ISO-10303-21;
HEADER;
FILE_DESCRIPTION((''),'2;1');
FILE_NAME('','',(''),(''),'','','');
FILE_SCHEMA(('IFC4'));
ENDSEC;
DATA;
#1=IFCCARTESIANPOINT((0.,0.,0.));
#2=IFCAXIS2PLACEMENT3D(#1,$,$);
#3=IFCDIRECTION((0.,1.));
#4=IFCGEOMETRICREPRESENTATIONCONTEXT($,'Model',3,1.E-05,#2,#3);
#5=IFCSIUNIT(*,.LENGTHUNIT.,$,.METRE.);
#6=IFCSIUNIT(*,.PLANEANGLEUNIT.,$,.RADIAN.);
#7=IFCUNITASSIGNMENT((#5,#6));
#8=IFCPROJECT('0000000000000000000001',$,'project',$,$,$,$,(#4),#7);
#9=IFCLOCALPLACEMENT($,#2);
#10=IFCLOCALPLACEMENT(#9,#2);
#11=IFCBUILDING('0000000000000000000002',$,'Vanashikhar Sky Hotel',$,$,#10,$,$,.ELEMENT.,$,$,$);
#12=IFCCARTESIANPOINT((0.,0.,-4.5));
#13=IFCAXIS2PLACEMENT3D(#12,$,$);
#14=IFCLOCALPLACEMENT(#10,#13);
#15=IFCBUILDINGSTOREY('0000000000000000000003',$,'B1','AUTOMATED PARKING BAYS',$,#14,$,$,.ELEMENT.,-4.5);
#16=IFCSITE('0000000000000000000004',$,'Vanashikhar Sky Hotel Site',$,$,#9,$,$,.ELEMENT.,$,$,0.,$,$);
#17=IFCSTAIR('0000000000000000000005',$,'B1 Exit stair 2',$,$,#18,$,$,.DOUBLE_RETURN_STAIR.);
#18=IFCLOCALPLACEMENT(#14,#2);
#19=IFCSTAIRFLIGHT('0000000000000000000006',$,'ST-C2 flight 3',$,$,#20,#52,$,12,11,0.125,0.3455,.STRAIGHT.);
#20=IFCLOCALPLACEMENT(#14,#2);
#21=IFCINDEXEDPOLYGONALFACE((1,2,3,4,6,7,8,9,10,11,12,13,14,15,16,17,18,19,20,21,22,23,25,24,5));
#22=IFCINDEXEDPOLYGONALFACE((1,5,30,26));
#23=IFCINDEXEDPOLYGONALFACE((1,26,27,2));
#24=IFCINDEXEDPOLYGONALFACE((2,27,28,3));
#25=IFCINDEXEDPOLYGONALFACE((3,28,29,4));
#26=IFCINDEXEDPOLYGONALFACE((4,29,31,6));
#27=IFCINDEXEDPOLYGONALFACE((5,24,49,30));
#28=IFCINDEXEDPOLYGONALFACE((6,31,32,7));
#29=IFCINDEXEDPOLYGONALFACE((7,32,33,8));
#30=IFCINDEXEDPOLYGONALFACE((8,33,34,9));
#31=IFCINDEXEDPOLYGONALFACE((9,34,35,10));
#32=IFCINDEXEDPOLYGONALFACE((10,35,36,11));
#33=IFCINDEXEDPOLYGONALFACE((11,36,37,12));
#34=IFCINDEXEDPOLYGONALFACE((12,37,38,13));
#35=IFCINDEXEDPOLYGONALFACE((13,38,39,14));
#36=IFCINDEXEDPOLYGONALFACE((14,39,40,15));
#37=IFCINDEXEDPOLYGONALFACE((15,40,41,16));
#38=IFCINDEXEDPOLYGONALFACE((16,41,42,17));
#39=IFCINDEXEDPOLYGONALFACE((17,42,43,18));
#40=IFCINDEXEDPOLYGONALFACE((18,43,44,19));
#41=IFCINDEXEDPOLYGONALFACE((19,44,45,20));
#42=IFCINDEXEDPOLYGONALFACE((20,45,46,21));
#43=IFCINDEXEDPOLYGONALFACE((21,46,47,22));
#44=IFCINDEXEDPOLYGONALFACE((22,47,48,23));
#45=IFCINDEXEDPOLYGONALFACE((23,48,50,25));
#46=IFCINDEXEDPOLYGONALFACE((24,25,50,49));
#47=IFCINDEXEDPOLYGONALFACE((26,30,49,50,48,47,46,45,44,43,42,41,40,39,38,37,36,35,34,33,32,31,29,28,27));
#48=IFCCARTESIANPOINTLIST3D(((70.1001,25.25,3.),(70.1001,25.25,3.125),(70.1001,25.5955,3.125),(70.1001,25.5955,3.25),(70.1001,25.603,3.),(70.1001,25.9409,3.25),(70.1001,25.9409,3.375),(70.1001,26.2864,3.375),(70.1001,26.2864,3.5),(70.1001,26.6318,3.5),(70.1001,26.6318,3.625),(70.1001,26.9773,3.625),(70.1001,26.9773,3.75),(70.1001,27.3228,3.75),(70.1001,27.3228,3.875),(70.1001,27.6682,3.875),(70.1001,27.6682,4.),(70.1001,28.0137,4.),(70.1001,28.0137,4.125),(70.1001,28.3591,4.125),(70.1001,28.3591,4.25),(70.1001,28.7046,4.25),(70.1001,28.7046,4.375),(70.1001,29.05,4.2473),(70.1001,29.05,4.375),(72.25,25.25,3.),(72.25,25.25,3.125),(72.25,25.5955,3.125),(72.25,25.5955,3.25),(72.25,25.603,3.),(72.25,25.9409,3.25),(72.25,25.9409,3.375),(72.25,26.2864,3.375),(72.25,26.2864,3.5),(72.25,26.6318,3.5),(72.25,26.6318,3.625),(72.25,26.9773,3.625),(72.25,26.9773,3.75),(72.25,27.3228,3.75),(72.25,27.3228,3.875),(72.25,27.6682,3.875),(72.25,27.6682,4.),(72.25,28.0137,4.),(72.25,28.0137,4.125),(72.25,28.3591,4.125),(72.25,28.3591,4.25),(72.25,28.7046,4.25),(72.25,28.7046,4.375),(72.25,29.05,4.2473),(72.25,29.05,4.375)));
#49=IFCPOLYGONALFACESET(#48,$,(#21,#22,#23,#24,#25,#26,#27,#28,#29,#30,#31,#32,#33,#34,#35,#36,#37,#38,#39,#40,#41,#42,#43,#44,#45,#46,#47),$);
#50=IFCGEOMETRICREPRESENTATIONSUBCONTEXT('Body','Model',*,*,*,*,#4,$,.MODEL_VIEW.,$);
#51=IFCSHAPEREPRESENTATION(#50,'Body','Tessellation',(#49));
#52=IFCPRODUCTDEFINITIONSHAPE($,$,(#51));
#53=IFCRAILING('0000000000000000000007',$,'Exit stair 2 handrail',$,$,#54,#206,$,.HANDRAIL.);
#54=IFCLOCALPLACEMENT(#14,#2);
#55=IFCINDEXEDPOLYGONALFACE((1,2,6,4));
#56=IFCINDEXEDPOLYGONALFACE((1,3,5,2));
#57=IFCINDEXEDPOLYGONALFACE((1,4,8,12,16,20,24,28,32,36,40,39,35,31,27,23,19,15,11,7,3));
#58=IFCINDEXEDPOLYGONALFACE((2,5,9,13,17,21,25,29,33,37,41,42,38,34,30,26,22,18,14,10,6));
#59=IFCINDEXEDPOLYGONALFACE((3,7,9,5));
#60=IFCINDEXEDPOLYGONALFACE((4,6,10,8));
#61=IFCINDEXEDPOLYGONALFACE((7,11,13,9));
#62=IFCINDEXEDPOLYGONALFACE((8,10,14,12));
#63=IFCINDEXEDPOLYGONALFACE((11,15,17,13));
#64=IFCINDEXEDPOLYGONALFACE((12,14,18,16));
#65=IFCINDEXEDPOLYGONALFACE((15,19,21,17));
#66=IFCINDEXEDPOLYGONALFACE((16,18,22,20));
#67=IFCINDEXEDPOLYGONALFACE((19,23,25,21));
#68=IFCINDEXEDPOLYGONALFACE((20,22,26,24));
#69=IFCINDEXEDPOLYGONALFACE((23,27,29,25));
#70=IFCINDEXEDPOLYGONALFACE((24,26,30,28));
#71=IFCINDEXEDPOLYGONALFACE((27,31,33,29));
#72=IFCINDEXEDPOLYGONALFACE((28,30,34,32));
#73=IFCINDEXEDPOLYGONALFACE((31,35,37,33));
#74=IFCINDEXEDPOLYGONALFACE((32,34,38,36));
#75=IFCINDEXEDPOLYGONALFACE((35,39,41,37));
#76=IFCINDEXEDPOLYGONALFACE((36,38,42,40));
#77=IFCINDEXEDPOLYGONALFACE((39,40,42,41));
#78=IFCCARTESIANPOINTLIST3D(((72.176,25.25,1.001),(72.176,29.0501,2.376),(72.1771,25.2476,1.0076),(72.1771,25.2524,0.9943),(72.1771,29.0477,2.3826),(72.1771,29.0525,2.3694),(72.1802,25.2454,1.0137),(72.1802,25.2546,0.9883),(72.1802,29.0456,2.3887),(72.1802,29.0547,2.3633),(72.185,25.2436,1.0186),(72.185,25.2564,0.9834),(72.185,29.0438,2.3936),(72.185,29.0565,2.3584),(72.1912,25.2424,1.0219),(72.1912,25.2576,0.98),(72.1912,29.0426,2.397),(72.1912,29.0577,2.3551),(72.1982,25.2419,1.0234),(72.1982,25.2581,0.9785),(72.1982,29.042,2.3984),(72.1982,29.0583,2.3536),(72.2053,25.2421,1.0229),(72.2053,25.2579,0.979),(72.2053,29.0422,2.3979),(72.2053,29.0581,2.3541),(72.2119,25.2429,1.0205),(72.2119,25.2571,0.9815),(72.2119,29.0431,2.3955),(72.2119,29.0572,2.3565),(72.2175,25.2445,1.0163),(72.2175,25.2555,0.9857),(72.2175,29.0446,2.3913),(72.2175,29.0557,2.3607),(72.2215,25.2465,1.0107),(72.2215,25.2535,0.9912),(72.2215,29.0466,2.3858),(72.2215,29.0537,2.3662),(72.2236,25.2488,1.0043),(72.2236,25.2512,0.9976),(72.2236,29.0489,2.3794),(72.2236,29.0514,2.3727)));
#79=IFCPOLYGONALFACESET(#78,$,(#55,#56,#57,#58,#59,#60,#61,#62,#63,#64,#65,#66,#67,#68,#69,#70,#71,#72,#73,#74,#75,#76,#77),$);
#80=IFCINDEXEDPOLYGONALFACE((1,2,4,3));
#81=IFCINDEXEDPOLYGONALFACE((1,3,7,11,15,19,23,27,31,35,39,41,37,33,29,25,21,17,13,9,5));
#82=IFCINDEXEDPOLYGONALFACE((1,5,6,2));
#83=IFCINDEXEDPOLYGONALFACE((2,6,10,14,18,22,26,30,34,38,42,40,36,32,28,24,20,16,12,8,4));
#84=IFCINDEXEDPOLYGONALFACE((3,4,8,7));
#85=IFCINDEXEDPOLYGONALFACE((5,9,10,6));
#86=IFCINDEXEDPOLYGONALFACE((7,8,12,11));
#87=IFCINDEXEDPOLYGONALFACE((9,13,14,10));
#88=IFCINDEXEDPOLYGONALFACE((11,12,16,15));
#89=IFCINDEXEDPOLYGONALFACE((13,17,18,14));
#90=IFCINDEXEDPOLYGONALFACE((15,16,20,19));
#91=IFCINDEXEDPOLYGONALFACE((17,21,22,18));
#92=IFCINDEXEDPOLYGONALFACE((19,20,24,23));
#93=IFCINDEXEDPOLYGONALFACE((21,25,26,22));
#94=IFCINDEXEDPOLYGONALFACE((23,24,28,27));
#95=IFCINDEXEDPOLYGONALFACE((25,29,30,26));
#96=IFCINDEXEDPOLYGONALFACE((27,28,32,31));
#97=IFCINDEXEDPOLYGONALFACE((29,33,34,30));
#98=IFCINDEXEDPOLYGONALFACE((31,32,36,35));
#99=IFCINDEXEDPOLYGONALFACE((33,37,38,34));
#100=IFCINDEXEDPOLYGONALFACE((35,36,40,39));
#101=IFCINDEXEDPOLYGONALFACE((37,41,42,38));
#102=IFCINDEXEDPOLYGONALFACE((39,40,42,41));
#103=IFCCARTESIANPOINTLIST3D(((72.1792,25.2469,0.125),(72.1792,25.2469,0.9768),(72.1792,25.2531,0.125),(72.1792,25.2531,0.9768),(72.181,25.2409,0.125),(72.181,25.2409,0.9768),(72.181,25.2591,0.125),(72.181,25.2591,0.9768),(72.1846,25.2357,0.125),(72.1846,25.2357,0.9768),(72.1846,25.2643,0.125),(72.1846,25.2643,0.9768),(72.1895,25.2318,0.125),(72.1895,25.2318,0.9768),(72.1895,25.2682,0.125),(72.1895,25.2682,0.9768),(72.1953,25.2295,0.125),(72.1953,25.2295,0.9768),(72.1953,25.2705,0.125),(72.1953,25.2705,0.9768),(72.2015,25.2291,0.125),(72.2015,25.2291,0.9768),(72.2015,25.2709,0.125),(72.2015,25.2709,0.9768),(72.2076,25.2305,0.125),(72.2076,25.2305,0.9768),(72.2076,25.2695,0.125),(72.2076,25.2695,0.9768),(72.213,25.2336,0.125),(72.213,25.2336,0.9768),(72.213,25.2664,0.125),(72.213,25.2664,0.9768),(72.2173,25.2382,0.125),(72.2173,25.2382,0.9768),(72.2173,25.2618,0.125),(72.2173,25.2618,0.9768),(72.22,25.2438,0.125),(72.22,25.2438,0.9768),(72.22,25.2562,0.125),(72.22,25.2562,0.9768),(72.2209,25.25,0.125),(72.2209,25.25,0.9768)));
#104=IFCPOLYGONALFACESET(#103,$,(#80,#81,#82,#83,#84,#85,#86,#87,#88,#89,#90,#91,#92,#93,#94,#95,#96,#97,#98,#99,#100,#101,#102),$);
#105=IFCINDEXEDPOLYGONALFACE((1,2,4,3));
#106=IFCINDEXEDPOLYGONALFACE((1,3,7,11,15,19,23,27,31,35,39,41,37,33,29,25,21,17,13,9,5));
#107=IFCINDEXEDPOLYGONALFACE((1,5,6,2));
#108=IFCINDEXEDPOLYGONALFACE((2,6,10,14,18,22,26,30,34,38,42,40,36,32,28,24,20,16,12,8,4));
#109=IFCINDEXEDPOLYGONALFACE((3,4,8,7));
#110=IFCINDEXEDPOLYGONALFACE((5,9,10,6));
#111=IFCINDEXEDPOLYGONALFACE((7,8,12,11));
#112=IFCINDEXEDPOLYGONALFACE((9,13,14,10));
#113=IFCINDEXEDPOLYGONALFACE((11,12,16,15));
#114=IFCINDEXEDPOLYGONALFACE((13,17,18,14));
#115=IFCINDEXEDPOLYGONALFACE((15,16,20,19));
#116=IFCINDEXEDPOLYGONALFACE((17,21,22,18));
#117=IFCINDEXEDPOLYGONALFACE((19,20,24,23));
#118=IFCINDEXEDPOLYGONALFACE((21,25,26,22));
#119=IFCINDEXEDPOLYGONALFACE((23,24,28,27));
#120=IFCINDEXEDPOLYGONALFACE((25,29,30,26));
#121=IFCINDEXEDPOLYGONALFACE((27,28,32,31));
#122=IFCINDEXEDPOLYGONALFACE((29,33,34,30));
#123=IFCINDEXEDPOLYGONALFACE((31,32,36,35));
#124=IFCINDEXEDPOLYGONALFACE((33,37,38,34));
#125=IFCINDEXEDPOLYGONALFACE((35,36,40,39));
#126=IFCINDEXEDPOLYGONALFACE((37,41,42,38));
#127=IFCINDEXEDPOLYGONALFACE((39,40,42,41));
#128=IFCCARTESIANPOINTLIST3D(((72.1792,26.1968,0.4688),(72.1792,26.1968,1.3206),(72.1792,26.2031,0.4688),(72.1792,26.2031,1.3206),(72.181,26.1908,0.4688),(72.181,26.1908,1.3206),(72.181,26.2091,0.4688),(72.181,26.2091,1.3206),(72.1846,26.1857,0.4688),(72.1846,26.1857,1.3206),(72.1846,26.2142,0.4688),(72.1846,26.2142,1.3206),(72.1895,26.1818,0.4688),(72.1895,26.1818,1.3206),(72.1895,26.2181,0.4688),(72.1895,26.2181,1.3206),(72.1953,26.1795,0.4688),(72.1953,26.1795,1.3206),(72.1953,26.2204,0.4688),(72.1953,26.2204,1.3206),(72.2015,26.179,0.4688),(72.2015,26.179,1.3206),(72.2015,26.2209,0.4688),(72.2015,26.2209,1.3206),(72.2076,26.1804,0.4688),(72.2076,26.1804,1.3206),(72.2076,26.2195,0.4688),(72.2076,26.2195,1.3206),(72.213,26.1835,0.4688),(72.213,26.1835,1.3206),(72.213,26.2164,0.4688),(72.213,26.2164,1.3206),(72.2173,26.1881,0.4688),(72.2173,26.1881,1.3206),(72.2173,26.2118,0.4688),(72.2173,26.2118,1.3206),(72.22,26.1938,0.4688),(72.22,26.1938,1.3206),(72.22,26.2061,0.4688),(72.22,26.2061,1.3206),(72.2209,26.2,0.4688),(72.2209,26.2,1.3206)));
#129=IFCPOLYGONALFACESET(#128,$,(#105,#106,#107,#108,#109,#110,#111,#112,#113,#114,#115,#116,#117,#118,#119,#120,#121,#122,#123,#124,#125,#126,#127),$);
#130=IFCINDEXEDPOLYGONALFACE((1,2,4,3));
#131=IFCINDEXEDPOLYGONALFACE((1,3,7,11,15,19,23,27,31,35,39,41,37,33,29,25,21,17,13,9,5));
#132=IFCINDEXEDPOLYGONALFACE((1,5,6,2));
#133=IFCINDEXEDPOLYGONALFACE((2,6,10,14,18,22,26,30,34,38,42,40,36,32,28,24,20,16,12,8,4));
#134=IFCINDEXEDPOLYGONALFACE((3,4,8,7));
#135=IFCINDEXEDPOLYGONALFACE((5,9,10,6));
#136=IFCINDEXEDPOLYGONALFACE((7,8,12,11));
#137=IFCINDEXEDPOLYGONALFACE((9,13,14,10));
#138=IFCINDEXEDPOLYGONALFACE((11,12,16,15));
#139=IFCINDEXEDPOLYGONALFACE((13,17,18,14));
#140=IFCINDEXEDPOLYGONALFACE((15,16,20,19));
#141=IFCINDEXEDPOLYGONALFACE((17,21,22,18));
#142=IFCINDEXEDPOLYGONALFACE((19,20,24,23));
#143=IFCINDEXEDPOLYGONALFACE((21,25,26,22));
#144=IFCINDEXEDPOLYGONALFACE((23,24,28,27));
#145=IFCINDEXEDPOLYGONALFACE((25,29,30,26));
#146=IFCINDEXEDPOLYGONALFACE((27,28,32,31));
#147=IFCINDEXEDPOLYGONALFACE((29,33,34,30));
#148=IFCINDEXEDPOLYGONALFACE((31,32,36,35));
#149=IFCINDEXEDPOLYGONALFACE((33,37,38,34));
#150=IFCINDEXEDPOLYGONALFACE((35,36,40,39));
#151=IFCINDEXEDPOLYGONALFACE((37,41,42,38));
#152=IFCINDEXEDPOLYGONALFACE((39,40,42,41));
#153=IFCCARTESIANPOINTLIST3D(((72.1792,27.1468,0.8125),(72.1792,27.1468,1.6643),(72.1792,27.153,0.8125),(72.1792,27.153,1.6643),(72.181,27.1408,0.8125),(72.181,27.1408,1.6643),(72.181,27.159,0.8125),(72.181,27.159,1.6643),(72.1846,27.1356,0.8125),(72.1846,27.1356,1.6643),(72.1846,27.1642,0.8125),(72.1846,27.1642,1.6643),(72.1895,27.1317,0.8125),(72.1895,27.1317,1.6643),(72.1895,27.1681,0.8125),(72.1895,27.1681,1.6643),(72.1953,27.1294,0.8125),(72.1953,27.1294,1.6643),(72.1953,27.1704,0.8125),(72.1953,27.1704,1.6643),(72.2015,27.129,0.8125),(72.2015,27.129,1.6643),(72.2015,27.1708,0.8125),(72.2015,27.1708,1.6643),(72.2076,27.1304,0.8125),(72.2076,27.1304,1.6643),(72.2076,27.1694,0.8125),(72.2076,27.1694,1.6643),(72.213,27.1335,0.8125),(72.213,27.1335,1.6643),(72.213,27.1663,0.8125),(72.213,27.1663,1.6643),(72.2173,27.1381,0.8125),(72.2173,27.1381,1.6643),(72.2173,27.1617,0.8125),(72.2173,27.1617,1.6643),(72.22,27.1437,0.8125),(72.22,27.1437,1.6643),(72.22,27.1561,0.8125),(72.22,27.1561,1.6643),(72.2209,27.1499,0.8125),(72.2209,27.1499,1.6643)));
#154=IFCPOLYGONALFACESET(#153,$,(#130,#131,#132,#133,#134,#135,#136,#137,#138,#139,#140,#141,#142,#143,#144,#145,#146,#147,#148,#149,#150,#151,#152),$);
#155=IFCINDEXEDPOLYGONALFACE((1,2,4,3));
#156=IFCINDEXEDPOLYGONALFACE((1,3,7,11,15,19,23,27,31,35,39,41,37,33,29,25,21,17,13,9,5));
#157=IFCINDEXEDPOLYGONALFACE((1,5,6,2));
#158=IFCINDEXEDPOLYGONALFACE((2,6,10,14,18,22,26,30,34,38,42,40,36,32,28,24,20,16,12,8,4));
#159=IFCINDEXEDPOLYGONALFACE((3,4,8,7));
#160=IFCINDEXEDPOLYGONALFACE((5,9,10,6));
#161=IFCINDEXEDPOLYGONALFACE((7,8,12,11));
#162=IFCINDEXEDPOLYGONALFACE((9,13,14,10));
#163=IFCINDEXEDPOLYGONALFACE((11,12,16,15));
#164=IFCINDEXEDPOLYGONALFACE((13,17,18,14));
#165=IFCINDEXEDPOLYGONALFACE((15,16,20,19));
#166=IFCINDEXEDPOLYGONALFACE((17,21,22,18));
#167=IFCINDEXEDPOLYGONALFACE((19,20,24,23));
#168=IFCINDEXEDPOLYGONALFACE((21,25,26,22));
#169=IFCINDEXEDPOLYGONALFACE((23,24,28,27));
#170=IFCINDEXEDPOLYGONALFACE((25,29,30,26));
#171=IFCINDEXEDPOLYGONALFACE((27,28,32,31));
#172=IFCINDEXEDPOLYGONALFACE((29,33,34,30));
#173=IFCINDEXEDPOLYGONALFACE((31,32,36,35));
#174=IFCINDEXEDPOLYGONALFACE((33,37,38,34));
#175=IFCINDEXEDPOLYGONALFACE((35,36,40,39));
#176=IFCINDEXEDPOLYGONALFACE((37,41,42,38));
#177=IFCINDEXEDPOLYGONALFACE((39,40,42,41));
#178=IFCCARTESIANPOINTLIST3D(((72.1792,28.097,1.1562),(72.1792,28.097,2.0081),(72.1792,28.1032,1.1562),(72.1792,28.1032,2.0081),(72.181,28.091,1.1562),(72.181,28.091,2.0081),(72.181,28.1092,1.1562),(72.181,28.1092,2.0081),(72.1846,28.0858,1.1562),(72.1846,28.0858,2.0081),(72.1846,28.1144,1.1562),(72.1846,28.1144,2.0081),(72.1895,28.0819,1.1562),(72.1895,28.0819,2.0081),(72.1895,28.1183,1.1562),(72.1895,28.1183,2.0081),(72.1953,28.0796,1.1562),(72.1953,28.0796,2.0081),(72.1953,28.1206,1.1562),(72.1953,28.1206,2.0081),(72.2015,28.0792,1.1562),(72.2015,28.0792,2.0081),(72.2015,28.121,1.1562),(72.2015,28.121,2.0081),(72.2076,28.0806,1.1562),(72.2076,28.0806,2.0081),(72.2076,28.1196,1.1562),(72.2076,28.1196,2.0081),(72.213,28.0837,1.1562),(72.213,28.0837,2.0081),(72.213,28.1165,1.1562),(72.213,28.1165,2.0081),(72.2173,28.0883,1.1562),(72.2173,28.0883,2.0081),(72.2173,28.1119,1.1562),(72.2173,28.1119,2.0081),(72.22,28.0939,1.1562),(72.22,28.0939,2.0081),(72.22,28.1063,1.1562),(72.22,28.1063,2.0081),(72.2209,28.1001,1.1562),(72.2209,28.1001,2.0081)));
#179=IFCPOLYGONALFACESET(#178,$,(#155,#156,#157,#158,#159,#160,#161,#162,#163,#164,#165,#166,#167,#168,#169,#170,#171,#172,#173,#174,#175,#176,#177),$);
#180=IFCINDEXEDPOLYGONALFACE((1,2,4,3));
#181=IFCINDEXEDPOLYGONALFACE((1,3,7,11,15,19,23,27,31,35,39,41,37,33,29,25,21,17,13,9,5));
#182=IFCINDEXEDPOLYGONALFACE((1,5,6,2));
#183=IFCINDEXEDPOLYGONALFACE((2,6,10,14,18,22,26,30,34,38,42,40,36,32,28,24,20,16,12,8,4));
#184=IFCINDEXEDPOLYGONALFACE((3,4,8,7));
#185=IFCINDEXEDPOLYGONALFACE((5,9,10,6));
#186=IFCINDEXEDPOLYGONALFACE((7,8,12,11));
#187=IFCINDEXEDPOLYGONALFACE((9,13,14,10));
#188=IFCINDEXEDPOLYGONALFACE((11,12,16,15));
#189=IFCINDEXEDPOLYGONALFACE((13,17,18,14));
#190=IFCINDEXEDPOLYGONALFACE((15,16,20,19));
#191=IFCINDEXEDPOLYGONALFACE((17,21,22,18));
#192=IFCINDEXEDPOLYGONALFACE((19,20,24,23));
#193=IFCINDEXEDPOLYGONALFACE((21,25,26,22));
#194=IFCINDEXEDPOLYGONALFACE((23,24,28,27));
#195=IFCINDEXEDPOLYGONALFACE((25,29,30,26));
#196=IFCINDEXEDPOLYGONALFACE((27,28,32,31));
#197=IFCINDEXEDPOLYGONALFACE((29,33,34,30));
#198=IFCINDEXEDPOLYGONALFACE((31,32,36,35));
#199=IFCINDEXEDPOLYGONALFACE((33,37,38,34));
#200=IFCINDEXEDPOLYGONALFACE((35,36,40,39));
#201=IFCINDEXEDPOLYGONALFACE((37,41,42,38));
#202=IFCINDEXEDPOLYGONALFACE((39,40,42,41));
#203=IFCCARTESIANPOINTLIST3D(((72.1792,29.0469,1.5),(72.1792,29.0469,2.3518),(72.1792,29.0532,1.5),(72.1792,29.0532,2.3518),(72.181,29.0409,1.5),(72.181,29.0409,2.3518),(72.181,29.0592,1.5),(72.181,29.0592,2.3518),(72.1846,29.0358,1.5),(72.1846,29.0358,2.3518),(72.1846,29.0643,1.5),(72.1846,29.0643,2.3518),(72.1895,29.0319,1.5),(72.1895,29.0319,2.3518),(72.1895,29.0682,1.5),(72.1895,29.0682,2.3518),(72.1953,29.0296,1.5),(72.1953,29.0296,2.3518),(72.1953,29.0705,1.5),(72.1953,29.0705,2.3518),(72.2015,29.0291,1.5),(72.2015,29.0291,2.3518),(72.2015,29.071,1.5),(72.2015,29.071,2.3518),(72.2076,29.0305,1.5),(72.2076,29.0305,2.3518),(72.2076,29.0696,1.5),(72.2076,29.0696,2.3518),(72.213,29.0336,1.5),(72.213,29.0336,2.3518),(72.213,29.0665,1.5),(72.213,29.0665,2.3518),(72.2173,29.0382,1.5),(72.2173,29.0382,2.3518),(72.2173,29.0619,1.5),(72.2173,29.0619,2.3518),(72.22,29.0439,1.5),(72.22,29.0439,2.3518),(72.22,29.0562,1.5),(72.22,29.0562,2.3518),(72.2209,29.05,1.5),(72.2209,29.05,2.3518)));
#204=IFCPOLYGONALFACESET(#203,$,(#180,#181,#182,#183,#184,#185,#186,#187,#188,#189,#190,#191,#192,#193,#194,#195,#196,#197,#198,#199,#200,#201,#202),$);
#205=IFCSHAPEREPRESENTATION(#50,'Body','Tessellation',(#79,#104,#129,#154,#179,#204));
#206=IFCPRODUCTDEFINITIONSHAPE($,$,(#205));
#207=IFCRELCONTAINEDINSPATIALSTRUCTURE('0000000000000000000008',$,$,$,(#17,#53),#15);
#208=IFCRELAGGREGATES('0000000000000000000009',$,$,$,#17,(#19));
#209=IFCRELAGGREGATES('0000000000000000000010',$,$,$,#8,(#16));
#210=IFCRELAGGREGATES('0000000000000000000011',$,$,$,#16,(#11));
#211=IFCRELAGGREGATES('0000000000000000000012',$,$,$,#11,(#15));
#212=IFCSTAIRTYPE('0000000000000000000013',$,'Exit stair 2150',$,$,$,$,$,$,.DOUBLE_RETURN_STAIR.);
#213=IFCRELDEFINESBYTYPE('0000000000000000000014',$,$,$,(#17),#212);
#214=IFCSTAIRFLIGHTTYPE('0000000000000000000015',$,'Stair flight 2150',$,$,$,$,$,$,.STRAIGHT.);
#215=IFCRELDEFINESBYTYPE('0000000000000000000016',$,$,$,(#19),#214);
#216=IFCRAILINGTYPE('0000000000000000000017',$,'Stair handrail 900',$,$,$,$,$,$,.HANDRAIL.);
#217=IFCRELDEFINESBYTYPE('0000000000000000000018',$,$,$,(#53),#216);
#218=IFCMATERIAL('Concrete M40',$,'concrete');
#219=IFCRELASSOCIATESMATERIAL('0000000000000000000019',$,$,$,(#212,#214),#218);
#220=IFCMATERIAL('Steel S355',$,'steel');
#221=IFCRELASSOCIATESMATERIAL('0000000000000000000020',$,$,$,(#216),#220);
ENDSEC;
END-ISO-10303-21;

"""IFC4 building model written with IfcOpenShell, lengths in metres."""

from ifc_helpers import new_model, si_unit, direction, frame, origin, origin_2d, place, context, subcontext, project, spatial, polyline, circle, outline, extrude, source, transform, mapped, material, type_object, element, aggregate, save


model = new_model("IFC4")

# Units and contexts
model_context = context("Model", 3, precision=1e-05, world=origin(), true_north=direction((0.0, 1.0)))
body_context = subcontext(model_context, "Body", "Model", "MODEL_VIEW")
ifc_project = project(units=[si_unit("LENGTHUNIT", "METRE"), si_unit("PLANEANGLEUNIT", "RADIAN")], contexts=[model_context])

# Site, building, storey
site_placement = place(None, origin())
site = spatial("IfcSite", under=ifc_project, at=site_placement, Name="Vanashikhar Sky Hotel Site", CompositionType="ELEMENT", RefElevation=0.0)
building_placement = place(site_placement, origin())
building = spatial("IfcBuilding", under=site, at=building_placement, Name="Vanashikhar Sky Hotel", CompositionType="ELEMENT")
storey_placement = place(building_placement, frame((0.0, 0.0, -4.5)))
storey = spatial("IfcBuildingStorey", under=building, at=storey_placement, Name="B1", Description="AUTOMATED PARKING BAYS", CompositionType="ELEMENT", Elevation=-4.5)

# Shared definitions
ifc_material_1 = material(Name="Concrete M40", Category="concrete")

# Stair, stair flight
stair_type = type_object("IfcStairType", Name="Exit stair 2150", PredefinedType="DOUBLE_RETURN_STAIR", material=ifc_material_1)
stair_placement = place(storey_placement, origin())
stair = element("IfcStair", 1, at=stair_placement, inside=storey, type_object=stair_type, Name="B1 Exit stair 2", PredefinedType="DOUBLE_RETURN_STAIR")
stair_flight_type = type_object("IfcStairFlightType", Name="Stair flight 2150", PredefinedType="STRAIGHT", material=ifc_material_1)
shared_shape_1 = source(origin(), body_context, "Body", "SweptSolid", [
    extrude(outline(polyline([(0.0, 0.0), (0.0, 0.125), (0.3455, 0.125), (0.3455, 0.25), (0.6909, 0.25), (0.6909, 0.375), (1.0364, 0.375), (1.0364, 0.5), (1.3818, 0.5), (1.3818, 0.625), (1.7273, 0.625), (1.7273, 0.75), (2.0728, 0.75), (2.0728, 0.875), (2.4182, 0.875), (2.4182, 1.0), (2.7637, 1.0), (2.7637, 1.125), (3.1091, 1.125), (3.1091, 1.25), (3.4546, 1.25), (3.4546, 1.375), (3.8, 1.375), (3.8, 1.5), (3.8, 1.2473), (0.353, 0.0), (0.0, 0.0)])), frame((0.0, 1.075, 0.0), z_axis=(0.0, -1.0, 0.0), x_axis=(1.0, 0.0, 0.0)), (0.0, 0.0, 1.0), 2.1499),
])
stair_flight_1_placement = place(storey_placement, frame((71.175, 25.25, 3.0), z_axis=(0.0, 0.0, 1.0), x_axis=(0.0, 1.0, 0.0)))
stair_flight_1 = element("IfcStairFlight", 2, at=stair_flight_1_placement, type_object=stair_flight_type, Name="ST-C2 flight 3", NumberOfRisers=12, NumberOfTreads=11, PredefinedType="STRAIGHT", RiserHeight=0.125, TreadLength=0.3455, context=body_context, shape_type="MappedRepresentation", body=[
    mapped(shared_shape_1, transform((0.0, 0.0, 0.0), scale=1.0)),
])
aggregate(stair, [stair_flight_1])

# Railing
ifc_material_2 = material(Name="Steel S355", Category="steel")
railing_type_1 = type_object("IfcRailingType", Name="Stair handrail 900", PredefinedType="HANDRAIL", material=ifc_material_2)
shared_shape_2 = source(origin(), body_context, "Body", "SweptSolid", [
    extrude(circle(Radius=0.0239, at=origin_2d()), frame((0.0, 0.0, 0.876), z_axis=(0.0, 0.940336, 0.340249), x_axis=(-1.0, 0.0, 0.0)), (0.0, 0.0, 1.0), 4.0413),
    extrude(circle(Radius=0.021, at=origin_2d()), origin(), (0.0, 0.0, 1.0), 0.8518),
    extrude(circle(Radius=0.021, at=origin_2d()), frame((0.0, 0.95, 0.3438)), (0.0, 0.0, 1.0), 0.8518),
    extrude(circle(Radius=0.021, at=origin_2d()), frame((0.0, 1.8999, 0.6875)), (0.0, 0.0, 1.0), 0.8518),
    extrude(circle(Radius=0.021, at=origin_2d()), frame((0.0, 2.8501, 1.0312)), (0.0, 0.0, 1.0), 0.8518),
    extrude(circle(Radius=0.021, at=origin_2d()), frame((0.0, 3.8, 1.375)), (0.0, 0.0, 1.0), 0.8518),
])
railing_1_placement = place(storey_placement, frame((72.2, 25.25, 0.125)))
element("IfcRailing", 3, at=railing_1_placement, inside=storey, type_object=railing_type_1, Name="Exit stair 2 handrail", PredefinedType="HANDRAIL", context=body_context, shape_type="MappedRepresentation", body=[
    mapped(shared_shape_2, transform((0.0, 0.0, 0.0), scale=1.0)),
])

save(model, "model.ifc")
